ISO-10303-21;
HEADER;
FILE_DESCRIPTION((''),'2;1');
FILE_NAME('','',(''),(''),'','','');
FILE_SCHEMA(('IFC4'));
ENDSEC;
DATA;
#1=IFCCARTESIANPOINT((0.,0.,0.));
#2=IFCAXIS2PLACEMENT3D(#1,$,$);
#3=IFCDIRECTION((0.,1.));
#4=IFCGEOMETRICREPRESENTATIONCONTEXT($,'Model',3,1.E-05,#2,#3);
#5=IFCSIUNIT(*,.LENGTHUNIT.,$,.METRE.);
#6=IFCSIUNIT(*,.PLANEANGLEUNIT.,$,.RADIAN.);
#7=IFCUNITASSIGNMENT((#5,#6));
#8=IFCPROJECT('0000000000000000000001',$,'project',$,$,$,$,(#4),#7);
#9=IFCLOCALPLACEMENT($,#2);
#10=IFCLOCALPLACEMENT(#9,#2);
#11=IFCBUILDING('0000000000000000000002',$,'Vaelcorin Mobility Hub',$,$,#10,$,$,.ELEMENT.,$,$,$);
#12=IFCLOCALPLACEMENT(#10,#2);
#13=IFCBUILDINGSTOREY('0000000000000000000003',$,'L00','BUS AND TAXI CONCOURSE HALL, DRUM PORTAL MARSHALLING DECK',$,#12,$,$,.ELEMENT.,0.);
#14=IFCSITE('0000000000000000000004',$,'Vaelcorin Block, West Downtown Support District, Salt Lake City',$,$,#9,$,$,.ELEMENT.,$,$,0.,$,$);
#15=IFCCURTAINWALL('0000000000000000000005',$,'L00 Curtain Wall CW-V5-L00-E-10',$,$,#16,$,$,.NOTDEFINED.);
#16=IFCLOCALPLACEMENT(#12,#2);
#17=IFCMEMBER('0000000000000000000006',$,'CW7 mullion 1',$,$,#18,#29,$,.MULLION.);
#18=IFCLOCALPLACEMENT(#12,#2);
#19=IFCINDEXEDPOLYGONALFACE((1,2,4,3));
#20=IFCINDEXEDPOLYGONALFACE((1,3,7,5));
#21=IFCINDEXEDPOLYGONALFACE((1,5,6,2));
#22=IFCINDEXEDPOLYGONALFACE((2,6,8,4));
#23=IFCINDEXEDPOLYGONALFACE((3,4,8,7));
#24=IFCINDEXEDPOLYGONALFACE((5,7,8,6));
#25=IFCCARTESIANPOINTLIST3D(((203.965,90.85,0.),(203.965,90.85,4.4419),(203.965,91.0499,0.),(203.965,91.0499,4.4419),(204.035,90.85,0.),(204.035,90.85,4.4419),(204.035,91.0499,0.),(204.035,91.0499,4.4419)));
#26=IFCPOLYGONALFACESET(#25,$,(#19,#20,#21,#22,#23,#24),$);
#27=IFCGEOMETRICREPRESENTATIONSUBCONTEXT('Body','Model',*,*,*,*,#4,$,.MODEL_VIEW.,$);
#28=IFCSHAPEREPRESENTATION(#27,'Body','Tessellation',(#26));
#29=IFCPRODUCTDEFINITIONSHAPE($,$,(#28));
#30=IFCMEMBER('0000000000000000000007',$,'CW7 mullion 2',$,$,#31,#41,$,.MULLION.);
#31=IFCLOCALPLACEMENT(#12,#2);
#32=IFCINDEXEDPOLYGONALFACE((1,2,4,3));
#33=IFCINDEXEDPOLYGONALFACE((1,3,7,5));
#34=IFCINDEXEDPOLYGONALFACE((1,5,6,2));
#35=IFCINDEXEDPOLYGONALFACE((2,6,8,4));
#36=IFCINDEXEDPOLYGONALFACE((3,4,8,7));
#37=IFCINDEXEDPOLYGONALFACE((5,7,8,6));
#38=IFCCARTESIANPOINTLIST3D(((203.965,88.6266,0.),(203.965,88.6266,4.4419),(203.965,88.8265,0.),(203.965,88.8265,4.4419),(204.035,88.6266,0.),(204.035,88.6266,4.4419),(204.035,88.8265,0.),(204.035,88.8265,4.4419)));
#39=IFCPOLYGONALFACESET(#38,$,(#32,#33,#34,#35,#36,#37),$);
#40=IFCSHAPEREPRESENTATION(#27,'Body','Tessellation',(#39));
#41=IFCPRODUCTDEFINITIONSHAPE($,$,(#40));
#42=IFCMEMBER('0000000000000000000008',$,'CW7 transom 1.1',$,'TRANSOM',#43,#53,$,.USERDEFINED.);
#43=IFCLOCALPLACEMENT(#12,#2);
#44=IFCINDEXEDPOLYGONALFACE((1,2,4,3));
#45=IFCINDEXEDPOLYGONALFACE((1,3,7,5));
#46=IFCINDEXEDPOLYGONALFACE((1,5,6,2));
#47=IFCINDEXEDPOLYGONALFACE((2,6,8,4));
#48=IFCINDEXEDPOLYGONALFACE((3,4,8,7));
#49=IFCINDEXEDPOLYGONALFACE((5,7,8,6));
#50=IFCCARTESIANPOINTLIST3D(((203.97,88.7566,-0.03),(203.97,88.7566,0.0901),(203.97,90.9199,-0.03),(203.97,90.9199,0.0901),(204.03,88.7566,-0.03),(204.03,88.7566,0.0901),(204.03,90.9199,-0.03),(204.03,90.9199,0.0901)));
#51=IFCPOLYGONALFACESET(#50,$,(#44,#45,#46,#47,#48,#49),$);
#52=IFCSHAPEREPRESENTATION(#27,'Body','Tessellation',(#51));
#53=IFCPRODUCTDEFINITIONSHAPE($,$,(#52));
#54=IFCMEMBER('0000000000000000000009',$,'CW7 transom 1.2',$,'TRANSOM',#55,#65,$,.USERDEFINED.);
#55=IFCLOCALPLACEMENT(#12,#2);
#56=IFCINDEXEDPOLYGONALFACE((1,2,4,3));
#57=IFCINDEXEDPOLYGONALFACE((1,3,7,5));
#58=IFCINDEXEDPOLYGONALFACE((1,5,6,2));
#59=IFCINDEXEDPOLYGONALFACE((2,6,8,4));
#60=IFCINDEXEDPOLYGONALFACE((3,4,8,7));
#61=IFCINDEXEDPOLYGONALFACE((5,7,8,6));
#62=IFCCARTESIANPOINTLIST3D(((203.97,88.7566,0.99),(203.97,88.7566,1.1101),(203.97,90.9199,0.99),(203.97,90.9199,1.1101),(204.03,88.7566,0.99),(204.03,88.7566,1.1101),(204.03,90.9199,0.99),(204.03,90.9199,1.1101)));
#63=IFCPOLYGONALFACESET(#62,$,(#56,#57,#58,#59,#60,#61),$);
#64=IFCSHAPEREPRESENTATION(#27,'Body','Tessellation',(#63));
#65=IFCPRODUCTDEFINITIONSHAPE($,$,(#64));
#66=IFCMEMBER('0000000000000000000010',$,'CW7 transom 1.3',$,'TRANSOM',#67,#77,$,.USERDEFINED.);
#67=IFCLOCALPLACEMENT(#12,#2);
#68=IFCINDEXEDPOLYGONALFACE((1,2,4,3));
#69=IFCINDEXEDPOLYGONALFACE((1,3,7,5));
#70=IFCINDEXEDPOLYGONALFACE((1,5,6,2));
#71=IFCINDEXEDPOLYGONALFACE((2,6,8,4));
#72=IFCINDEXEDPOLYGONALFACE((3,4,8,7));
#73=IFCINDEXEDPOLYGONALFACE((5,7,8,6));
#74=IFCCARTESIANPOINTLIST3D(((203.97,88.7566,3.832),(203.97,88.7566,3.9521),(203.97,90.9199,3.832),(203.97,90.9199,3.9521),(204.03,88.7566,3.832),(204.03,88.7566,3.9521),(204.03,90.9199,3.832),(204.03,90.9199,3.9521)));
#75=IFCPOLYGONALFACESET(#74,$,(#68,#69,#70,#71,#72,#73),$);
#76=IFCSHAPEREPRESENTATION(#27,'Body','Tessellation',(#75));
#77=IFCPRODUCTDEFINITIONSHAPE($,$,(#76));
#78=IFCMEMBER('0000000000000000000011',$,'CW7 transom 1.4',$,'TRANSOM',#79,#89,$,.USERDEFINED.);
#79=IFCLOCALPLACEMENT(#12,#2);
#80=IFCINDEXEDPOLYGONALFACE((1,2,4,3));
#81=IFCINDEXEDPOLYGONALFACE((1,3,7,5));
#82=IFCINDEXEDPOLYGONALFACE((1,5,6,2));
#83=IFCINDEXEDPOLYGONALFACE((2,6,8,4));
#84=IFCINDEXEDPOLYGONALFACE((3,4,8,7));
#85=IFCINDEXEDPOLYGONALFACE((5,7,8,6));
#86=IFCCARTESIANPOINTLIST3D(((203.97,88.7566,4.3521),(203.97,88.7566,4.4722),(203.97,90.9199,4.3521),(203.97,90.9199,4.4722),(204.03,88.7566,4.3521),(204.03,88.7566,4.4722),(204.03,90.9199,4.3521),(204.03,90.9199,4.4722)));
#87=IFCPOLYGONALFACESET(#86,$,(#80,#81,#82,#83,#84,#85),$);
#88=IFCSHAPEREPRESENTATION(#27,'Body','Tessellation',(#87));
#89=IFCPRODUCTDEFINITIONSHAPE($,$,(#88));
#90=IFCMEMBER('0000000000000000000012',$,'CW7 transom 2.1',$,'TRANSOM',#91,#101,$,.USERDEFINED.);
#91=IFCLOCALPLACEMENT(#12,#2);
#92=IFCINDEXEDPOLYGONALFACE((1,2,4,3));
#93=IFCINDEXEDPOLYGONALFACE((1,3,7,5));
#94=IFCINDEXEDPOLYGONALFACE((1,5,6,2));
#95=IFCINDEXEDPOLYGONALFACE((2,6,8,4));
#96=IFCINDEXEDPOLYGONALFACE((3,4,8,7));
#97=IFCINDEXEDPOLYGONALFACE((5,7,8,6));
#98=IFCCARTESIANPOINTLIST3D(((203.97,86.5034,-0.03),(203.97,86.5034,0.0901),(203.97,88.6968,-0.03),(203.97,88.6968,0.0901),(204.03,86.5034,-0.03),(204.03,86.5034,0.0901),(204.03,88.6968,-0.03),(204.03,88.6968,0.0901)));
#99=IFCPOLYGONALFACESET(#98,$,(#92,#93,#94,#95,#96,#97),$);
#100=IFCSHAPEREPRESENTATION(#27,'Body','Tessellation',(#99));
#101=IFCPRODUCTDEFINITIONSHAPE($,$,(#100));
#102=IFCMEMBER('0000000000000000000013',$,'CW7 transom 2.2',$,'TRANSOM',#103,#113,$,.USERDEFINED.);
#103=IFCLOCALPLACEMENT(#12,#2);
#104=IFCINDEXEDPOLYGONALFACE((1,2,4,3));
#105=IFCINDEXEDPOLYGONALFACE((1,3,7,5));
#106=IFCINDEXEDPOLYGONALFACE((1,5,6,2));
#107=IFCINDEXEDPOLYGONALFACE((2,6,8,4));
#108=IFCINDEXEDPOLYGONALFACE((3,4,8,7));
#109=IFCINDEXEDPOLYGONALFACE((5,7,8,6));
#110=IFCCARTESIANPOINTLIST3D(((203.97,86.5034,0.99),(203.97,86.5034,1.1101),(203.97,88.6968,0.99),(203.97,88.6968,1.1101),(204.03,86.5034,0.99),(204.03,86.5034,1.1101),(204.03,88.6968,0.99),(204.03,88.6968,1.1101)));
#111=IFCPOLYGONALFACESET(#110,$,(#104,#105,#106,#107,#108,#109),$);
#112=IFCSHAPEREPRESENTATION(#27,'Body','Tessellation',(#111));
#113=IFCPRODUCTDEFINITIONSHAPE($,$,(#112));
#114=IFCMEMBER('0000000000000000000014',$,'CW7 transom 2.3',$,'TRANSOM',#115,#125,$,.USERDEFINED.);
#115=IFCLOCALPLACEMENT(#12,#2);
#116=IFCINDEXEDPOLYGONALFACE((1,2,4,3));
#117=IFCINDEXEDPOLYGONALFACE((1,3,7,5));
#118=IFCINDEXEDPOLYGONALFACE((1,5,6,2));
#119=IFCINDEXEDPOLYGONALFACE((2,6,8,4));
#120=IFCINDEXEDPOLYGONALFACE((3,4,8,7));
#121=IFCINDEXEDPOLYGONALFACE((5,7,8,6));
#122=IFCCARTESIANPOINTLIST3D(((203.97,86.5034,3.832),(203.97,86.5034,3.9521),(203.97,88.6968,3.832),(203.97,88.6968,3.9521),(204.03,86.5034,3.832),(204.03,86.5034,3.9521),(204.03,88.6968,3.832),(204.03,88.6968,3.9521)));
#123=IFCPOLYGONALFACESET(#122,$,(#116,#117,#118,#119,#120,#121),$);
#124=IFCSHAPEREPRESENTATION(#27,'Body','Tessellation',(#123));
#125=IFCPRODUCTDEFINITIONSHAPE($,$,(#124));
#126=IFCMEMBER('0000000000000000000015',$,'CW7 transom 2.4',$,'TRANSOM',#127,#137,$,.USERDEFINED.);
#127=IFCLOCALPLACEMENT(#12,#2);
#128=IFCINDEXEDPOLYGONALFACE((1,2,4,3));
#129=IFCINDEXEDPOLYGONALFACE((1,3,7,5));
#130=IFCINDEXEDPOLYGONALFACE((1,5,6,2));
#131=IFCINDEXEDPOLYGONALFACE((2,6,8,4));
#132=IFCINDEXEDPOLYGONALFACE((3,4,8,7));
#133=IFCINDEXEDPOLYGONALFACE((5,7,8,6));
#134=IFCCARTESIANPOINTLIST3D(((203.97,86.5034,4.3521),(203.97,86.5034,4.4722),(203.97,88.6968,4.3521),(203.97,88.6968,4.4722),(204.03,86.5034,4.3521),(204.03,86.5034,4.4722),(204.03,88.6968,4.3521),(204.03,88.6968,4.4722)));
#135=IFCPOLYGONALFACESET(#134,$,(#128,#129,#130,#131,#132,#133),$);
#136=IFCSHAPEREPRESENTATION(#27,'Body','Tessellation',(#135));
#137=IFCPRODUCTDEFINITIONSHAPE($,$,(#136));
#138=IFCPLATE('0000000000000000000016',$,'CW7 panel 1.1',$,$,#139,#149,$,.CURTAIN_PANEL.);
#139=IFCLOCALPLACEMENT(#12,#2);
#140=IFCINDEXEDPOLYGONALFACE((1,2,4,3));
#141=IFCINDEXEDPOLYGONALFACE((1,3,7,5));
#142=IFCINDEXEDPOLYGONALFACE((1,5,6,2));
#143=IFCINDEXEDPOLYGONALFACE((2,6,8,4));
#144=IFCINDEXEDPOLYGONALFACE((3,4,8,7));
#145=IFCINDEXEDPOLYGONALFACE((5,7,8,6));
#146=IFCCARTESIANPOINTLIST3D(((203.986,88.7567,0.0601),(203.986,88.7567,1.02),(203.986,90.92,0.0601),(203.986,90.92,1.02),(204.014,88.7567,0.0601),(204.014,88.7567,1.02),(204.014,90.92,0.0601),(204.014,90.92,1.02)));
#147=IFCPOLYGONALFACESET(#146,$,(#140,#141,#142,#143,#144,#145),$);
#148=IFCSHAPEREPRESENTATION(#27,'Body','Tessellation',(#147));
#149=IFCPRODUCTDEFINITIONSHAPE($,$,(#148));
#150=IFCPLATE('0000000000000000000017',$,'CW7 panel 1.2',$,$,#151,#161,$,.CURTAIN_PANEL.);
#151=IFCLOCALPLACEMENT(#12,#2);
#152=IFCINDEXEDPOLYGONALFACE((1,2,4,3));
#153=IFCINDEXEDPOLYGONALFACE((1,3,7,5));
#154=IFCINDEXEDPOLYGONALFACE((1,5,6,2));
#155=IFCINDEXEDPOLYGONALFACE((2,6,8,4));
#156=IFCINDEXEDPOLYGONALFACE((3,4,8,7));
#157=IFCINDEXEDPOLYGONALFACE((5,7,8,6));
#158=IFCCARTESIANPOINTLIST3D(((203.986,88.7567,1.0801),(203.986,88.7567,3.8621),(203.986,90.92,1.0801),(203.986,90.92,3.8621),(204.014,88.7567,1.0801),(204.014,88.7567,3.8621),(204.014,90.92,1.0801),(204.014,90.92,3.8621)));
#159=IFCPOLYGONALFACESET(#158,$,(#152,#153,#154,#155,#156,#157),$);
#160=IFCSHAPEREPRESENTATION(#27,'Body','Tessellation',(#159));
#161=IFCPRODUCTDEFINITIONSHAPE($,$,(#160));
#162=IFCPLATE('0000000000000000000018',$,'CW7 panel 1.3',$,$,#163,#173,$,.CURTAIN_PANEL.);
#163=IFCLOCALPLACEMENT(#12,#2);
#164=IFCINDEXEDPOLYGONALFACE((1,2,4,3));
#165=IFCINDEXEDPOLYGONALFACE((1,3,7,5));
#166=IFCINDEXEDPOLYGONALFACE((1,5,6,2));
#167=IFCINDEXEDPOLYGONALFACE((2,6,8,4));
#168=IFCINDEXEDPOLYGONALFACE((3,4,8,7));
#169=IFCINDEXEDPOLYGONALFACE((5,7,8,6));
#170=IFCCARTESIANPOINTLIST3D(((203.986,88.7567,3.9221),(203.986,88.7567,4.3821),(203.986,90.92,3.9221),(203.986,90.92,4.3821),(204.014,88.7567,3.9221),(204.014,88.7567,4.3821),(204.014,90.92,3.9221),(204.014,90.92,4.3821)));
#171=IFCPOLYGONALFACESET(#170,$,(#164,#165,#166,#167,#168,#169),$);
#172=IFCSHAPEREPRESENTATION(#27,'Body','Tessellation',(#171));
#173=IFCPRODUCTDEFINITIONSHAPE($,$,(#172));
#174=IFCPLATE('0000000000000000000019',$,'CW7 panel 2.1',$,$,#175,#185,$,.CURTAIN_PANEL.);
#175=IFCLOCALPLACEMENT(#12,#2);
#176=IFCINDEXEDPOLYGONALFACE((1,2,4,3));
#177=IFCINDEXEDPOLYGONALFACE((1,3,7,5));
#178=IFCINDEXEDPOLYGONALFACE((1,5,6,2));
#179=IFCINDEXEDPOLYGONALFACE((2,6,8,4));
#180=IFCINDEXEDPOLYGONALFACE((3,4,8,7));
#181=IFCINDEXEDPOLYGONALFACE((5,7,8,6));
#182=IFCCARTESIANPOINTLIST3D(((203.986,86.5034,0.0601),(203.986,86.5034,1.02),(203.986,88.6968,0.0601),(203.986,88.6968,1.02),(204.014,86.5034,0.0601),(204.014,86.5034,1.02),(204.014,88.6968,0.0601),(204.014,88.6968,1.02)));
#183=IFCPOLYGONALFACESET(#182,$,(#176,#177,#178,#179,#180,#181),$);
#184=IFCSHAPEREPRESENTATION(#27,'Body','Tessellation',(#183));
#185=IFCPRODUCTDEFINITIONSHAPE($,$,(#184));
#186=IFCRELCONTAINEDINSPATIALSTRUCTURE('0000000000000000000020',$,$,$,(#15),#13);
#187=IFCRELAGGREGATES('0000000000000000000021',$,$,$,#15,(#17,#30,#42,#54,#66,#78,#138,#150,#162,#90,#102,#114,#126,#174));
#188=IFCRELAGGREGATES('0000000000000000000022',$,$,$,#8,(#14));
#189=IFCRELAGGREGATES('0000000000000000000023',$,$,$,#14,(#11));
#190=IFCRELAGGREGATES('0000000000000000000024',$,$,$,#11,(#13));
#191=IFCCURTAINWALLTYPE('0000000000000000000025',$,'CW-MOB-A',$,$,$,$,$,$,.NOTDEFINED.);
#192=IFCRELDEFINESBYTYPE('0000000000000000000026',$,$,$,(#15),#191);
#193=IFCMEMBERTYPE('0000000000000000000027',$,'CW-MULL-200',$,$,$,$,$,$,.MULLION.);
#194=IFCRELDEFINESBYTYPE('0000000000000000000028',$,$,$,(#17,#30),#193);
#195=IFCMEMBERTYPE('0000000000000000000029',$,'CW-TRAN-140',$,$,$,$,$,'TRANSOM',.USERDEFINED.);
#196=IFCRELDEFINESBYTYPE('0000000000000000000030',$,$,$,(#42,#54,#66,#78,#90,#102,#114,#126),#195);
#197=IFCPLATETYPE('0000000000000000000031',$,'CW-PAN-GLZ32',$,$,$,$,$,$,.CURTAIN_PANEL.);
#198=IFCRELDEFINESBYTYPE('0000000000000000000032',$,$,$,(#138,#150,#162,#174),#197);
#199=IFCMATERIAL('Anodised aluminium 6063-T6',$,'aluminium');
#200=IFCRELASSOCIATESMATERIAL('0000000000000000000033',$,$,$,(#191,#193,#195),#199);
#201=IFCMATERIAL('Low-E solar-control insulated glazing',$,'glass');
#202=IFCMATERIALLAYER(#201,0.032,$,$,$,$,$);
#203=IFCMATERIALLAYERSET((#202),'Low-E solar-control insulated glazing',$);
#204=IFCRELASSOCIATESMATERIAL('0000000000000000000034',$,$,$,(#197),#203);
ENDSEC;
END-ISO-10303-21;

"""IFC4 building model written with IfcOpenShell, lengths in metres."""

from ifc_helpers import new_model, si_unit, direction, frame, origin, origin_2d, place, context, subcontext, project, spatial, rectangle, extrude, material, layer, layer_set, material_profile, profile_set, type_object, element, aggregate, save


model = new_model("IFC4")

# Units and contexts
model_context = context("Model", 3, precision=1e-05, world=origin(), true_north=direction((0.0, 1.0)))
body_context = subcontext(model_context, "Body", "Model", "MODEL_VIEW")
ifc_project = project(units=[si_unit("LENGTHUNIT", "METRE"), si_unit("PLANEANGLEUNIT", "RADIAN")], contexts=[model_context])

# Site, building, storey
site_placement = place(None, origin())
site = spatial("IfcSite", under=ifc_project, at=site_placement, Name="Vaelcorin Block, West Downtown Support District, Salt Lake City", CompositionType="ELEMENT", RefElevation=0.0)
building_placement = place(site_placement, origin())
building = spatial("IfcBuilding", under=site, at=building_placement, Name="Vaelcorin Mobility Hub", CompositionType="ELEMENT")
storey_placement = place(building_placement, origin())
storey = spatial("IfcBuildingStorey", under=building, at=storey_placement, Name="L00", Description="BUS AND TAXI CONCOURSE HALL, DRUM PORTAL MARSHALLING DECK", CompositionType="ELEMENT", Elevation=0.0)

# Curtain wall, members, plates
ifc_material_1 = material(Name="Anodised aluminium 6063-T6", Category="aluminium")
curtain_wall_type = type_object("IfcCurtainWallType", Name="CW-MOB-A", PredefinedType="NOTDEFINED", material=ifc_material_1)
curtain_wall_placement = place(storey_placement, origin())
curtain_wall = element("IfcCurtainWall", 1, at=curtain_wall_placement, inside=storey, type_object=curtain_wall_type, Name="L00 Curtain Wall CW-V5-L00-E-10", PredefinedType="NOTDEFINED")
ifc_material_profile_1 = material_profile(ifc_material_1, rectangle(XDim=0.0701, YDim=0.2, at=origin_2d()), Name="ALU-M70X200")
ifc_profile_set_1 = profile_set([ifc_material_profile_1], Name="Anodised aluminium 6063-T6")
member_type_1 = type_object("IfcMemberType", Name="CW-MULL-200", PredefinedType="MULLION", material=ifc_profile_set_1)
member_1_placement = place(storey_placement, frame((204.0, 90.95, 0.0), z_axis=(0.0, 0.0, 1.0), x_axis=(1.0, 0.0, 0.0)))
member_1 = element("IfcMember", 2, at=member_1_placement, type_object=member_type_1, Name="CW7 mullion 1", PredefinedType="MULLION", context=body_context, shape_type="SweptSolid", body=[
    extrude(rectangle(XDim=0.0701, YDim=0.2, at=origin_2d()), origin(), (0.0, 0.0, 1.0), 4.4419),
])
member_2_placement = place(storey_placement, frame((204.0, 88.7266, 0.0), z_axis=(0.0, 0.0, 1.0), x_axis=(1.0, 0.0, 0.0)))
member_2 = element("IfcMember", 3, at=member_2_placement, type_object=member_type_1, Name="CW7 mullion 2", PredefinedType="MULLION", context=body_context, shape_type="SweptSolid", body=[
    extrude(rectangle(XDim=0.0701, YDim=0.2, at=origin_2d()), origin(), (0.0, 0.0, 1.0), 4.4419),
])
ifc_material_profile_2 = material_profile(ifc_material_1, rectangle(XDim=0.0601, YDim=0.1201, at=origin_2d()), Name="ALU-T60X120")
ifc_profile_set_2 = profile_set([ifc_material_profile_2], Name="Anodised aluminium 6063-T6")
member_type_2 = type_object("IfcMemberType", Name="CW-TRAN-140", ElementType="TRANSOM", PredefinedType="USERDEFINED", material=ifc_profile_set_2)
member_3_placement = place(storey_placement, frame((204.0, 90.9199, 0.03), z_axis=(0.0, -1.0, 0.0), x_axis=(1.0, 0.0, 0.0)))
member_3 = element("IfcMember", 4, at=member_3_placement, type_object=member_type_2, Name="CW7 transom 1.1", ObjectType="TRANSOM", PredefinedType="USERDEFINED", context=body_context, shape_type="SweptSolid", body=[
    extrude(rectangle(XDim=0.0601, YDim=0.1201, at=origin_2d()), origin(), (0.0, 0.0, 1.0), 2.1633),
])
member_4_placement = place(storey_placement, frame((204.0, 90.9199, 1.05), z_axis=(0.0, -1.0, 0.0), x_axis=(1.0, 0.0, 0.0)))
member_4 = element("IfcMember", 5, at=member_4_placement, type_object=member_type_2, Name="CW7 transom 1.2", ObjectType="TRANSOM", PredefinedType="USERDEFINED", context=body_context, shape_type="SweptSolid", body=[
    extrude(rectangle(XDim=0.0601, YDim=0.1201, at=origin_2d()), origin(), (0.0, 0.0, 1.0), 2.1633),
])
member_5_placement = place(storey_placement, frame((204.0, 90.9199, 3.8921), z_axis=(0.0, -1.0, 0.0), x_axis=(1.0, 0.0, 0.0)))
member_5 = element("IfcMember", 6, at=member_5_placement, type_object=member_type_2, Name="CW7 transom 1.3", ObjectType="TRANSOM", PredefinedType="USERDEFINED", context=body_context, shape_type="SweptSolid", body=[
    extrude(rectangle(XDim=0.0601, YDim=0.1201, at=origin_2d()), origin(), (0.0, 0.0, 1.0), 2.1633),
])
member_6_placement = place(storey_placement, frame((204.0, 90.9199, 4.4121), z_axis=(0.0, -1.0, 0.0), x_axis=(1.0, 0.0, 0.0)))
member_6 = element("IfcMember", 7, at=member_6_placement, type_object=member_type_2, Name="CW7 transom 1.4", ObjectType="TRANSOM", PredefinedType="USERDEFINED", context=body_context, shape_type="SweptSolid", body=[
    extrude(rectangle(XDim=0.0601, YDim=0.1201, at=origin_2d()), origin(), (0.0, 0.0, 1.0), 2.1633),
])
member_7_placement = place(storey_placement, frame((204.0, 88.6968, 0.03), z_axis=(0.0, -1.0, 0.0), x_axis=(1.0, 0.0, 0.0)))
member_7 = element("IfcMember", 8, at=member_7_placement, type_object=member_type_2, Name="CW7 transom 2.1", ObjectType="TRANSOM", PredefinedType="USERDEFINED", context=body_context, shape_type="SweptSolid", body=[
    extrude(rectangle(XDim=0.0601, YDim=0.1201, at=origin_2d()), origin(), (0.0, 0.0, 1.0), 2.1934),
])
member_8_placement = place(storey_placement, frame((204.0, 88.6968, 1.05), z_axis=(0.0, -1.0, 0.0), x_axis=(1.0, 0.0, 0.0)))
member_8 = element("IfcMember", 9, at=member_8_placement, type_object=member_type_2, Name="CW7 transom 2.2", ObjectType="TRANSOM", PredefinedType="USERDEFINED", context=body_context, shape_type="SweptSolid", body=[
    extrude(rectangle(XDim=0.0601, YDim=0.1201, at=origin_2d()), origin(), (0.0, 0.0, 1.0), 2.1934),
])
member_9_placement = place(storey_placement, frame((204.0, 88.6968, 3.8921), z_axis=(0.0, -1.0, 0.0), x_axis=(1.0, 0.0, 0.0)))
member_9 = element("IfcMember", 10, at=member_9_placement, type_object=member_type_2, Name="CW7 transom 2.3", ObjectType="TRANSOM", PredefinedType="USERDEFINED", context=body_context, shape_type="SweptSolid", body=[
    extrude(rectangle(XDim=0.0601, YDim=0.1201, at=origin_2d()), origin(), (0.0, 0.0, 1.0), 2.1934),
])
member_10_placement = place(storey_placement, frame((204.0, 88.6968, 4.4121), z_axis=(0.0, -1.0, 0.0), x_axis=(1.0, 0.0, 0.0)))
member_10 = element("IfcMember", 11, at=member_10_placement, type_object=member_type_2, Name="CW7 transom 2.4", ObjectType="TRANSOM", PredefinedType="USERDEFINED", context=body_context, shape_type="SweptSolid", body=[
    extrude(rectangle(XDim=0.0601, YDim=0.1201, at=origin_2d()), origin(), (0.0, 0.0, 1.0), 2.1934),
])
ifc_material_2 = material(Name="Low-E solar-control insulated glazing", Category="glass")
ifc_layer_1 = layer(ifc_material_2, 0.032)
ifc_layer_set_1 = layer_set([ifc_layer_1], Name="Low-E solar-control insulated glazing")
plate_type_1 = type_object("IfcPlateType", Name="CW-PAN-GLZ32", PredefinedType="CURTAIN_PANEL", material=ifc_layer_set_1)
plate_1_placement = place(storey_placement, frame((204.0, 89.8384, 0.0601), z_axis=(0.0, 0.0, 1.0), x_axis=(0.0, -1.0, 0.0)))
plate_1 = element("IfcPlate", 12, at=plate_1_placement, type_object=plate_type_1, Name="CW7 panel 1.1", PredefinedType="CURTAIN_PANEL", context=body_context, shape_type="SweptSolid", body=[
    extrude(rectangle(XDim=2.1633, YDim=0.0281, at=origin_2d()), origin(), (0.0, 0.0, 1.0), 0.96),
])
plate_2_placement = place(storey_placement, frame((204.0, 89.8384, 1.0801), z_axis=(0.0, 0.0, 1.0), x_axis=(0.0, -1.0, 0.0)))
plate_2 = element("IfcPlate", 13, at=plate_2_placement, type_object=plate_type_1, Name="CW7 panel 1.2", PredefinedType="CURTAIN_PANEL", context=body_context, shape_type="SweptSolid", body=[
    extrude(rectangle(XDim=2.1633, YDim=0.0281, at=origin_2d()), origin(), (0.0, 0.0, 1.0), 2.782),
])
plate_3_placement = place(storey_placement, frame((204.0, 89.8384, 3.9221), z_axis=(0.0, 0.0, 1.0), x_axis=(0.0, -1.0, 0.0)))
plate_3 = element("IfcPlate", 14, at=plate_3_placement, type_object=plate_type_1, Name="CW7 panel 1.3", PredefinedType="CURTAIN_PANEL", context=body_context, shape_type="SweptSolid", body=[
    extrude(rectangle(XDim=2.1633, YDim=0.0281, at=origin_2d()), origin(), (0.0, 0.0, 1.0), 0.46),
])
plate_4_placement = place(storey_placement, frame((204.0, 87.6001, 0.0601), z_axis=(0.0, 0.0, 1.0), x_axis=(0.0, -1.0, 0.0)))
plate_4 = element("IfcPlate", 15, at=plate_4_placement, type_object=plate_type_1, Name="CW7 panel 2.1", PredefinedType="CURTAIN_PANEL", context=body_context, shape_type="SweptSolid", body=[
    extrude(rectangle(XDim=2.1934, YDim=0.0281, at=origin_2d()), origin(), (0.0, 0.0, 1.0), 0.96),
])
aggregate(curtain_wall, [member_1, member_2, member_3, member_4, member_5, member_6, plate_1, plate_2, plate_3, member_7, member_8, member_9, member_10, plate_4])

save(model, "model.ifc")
